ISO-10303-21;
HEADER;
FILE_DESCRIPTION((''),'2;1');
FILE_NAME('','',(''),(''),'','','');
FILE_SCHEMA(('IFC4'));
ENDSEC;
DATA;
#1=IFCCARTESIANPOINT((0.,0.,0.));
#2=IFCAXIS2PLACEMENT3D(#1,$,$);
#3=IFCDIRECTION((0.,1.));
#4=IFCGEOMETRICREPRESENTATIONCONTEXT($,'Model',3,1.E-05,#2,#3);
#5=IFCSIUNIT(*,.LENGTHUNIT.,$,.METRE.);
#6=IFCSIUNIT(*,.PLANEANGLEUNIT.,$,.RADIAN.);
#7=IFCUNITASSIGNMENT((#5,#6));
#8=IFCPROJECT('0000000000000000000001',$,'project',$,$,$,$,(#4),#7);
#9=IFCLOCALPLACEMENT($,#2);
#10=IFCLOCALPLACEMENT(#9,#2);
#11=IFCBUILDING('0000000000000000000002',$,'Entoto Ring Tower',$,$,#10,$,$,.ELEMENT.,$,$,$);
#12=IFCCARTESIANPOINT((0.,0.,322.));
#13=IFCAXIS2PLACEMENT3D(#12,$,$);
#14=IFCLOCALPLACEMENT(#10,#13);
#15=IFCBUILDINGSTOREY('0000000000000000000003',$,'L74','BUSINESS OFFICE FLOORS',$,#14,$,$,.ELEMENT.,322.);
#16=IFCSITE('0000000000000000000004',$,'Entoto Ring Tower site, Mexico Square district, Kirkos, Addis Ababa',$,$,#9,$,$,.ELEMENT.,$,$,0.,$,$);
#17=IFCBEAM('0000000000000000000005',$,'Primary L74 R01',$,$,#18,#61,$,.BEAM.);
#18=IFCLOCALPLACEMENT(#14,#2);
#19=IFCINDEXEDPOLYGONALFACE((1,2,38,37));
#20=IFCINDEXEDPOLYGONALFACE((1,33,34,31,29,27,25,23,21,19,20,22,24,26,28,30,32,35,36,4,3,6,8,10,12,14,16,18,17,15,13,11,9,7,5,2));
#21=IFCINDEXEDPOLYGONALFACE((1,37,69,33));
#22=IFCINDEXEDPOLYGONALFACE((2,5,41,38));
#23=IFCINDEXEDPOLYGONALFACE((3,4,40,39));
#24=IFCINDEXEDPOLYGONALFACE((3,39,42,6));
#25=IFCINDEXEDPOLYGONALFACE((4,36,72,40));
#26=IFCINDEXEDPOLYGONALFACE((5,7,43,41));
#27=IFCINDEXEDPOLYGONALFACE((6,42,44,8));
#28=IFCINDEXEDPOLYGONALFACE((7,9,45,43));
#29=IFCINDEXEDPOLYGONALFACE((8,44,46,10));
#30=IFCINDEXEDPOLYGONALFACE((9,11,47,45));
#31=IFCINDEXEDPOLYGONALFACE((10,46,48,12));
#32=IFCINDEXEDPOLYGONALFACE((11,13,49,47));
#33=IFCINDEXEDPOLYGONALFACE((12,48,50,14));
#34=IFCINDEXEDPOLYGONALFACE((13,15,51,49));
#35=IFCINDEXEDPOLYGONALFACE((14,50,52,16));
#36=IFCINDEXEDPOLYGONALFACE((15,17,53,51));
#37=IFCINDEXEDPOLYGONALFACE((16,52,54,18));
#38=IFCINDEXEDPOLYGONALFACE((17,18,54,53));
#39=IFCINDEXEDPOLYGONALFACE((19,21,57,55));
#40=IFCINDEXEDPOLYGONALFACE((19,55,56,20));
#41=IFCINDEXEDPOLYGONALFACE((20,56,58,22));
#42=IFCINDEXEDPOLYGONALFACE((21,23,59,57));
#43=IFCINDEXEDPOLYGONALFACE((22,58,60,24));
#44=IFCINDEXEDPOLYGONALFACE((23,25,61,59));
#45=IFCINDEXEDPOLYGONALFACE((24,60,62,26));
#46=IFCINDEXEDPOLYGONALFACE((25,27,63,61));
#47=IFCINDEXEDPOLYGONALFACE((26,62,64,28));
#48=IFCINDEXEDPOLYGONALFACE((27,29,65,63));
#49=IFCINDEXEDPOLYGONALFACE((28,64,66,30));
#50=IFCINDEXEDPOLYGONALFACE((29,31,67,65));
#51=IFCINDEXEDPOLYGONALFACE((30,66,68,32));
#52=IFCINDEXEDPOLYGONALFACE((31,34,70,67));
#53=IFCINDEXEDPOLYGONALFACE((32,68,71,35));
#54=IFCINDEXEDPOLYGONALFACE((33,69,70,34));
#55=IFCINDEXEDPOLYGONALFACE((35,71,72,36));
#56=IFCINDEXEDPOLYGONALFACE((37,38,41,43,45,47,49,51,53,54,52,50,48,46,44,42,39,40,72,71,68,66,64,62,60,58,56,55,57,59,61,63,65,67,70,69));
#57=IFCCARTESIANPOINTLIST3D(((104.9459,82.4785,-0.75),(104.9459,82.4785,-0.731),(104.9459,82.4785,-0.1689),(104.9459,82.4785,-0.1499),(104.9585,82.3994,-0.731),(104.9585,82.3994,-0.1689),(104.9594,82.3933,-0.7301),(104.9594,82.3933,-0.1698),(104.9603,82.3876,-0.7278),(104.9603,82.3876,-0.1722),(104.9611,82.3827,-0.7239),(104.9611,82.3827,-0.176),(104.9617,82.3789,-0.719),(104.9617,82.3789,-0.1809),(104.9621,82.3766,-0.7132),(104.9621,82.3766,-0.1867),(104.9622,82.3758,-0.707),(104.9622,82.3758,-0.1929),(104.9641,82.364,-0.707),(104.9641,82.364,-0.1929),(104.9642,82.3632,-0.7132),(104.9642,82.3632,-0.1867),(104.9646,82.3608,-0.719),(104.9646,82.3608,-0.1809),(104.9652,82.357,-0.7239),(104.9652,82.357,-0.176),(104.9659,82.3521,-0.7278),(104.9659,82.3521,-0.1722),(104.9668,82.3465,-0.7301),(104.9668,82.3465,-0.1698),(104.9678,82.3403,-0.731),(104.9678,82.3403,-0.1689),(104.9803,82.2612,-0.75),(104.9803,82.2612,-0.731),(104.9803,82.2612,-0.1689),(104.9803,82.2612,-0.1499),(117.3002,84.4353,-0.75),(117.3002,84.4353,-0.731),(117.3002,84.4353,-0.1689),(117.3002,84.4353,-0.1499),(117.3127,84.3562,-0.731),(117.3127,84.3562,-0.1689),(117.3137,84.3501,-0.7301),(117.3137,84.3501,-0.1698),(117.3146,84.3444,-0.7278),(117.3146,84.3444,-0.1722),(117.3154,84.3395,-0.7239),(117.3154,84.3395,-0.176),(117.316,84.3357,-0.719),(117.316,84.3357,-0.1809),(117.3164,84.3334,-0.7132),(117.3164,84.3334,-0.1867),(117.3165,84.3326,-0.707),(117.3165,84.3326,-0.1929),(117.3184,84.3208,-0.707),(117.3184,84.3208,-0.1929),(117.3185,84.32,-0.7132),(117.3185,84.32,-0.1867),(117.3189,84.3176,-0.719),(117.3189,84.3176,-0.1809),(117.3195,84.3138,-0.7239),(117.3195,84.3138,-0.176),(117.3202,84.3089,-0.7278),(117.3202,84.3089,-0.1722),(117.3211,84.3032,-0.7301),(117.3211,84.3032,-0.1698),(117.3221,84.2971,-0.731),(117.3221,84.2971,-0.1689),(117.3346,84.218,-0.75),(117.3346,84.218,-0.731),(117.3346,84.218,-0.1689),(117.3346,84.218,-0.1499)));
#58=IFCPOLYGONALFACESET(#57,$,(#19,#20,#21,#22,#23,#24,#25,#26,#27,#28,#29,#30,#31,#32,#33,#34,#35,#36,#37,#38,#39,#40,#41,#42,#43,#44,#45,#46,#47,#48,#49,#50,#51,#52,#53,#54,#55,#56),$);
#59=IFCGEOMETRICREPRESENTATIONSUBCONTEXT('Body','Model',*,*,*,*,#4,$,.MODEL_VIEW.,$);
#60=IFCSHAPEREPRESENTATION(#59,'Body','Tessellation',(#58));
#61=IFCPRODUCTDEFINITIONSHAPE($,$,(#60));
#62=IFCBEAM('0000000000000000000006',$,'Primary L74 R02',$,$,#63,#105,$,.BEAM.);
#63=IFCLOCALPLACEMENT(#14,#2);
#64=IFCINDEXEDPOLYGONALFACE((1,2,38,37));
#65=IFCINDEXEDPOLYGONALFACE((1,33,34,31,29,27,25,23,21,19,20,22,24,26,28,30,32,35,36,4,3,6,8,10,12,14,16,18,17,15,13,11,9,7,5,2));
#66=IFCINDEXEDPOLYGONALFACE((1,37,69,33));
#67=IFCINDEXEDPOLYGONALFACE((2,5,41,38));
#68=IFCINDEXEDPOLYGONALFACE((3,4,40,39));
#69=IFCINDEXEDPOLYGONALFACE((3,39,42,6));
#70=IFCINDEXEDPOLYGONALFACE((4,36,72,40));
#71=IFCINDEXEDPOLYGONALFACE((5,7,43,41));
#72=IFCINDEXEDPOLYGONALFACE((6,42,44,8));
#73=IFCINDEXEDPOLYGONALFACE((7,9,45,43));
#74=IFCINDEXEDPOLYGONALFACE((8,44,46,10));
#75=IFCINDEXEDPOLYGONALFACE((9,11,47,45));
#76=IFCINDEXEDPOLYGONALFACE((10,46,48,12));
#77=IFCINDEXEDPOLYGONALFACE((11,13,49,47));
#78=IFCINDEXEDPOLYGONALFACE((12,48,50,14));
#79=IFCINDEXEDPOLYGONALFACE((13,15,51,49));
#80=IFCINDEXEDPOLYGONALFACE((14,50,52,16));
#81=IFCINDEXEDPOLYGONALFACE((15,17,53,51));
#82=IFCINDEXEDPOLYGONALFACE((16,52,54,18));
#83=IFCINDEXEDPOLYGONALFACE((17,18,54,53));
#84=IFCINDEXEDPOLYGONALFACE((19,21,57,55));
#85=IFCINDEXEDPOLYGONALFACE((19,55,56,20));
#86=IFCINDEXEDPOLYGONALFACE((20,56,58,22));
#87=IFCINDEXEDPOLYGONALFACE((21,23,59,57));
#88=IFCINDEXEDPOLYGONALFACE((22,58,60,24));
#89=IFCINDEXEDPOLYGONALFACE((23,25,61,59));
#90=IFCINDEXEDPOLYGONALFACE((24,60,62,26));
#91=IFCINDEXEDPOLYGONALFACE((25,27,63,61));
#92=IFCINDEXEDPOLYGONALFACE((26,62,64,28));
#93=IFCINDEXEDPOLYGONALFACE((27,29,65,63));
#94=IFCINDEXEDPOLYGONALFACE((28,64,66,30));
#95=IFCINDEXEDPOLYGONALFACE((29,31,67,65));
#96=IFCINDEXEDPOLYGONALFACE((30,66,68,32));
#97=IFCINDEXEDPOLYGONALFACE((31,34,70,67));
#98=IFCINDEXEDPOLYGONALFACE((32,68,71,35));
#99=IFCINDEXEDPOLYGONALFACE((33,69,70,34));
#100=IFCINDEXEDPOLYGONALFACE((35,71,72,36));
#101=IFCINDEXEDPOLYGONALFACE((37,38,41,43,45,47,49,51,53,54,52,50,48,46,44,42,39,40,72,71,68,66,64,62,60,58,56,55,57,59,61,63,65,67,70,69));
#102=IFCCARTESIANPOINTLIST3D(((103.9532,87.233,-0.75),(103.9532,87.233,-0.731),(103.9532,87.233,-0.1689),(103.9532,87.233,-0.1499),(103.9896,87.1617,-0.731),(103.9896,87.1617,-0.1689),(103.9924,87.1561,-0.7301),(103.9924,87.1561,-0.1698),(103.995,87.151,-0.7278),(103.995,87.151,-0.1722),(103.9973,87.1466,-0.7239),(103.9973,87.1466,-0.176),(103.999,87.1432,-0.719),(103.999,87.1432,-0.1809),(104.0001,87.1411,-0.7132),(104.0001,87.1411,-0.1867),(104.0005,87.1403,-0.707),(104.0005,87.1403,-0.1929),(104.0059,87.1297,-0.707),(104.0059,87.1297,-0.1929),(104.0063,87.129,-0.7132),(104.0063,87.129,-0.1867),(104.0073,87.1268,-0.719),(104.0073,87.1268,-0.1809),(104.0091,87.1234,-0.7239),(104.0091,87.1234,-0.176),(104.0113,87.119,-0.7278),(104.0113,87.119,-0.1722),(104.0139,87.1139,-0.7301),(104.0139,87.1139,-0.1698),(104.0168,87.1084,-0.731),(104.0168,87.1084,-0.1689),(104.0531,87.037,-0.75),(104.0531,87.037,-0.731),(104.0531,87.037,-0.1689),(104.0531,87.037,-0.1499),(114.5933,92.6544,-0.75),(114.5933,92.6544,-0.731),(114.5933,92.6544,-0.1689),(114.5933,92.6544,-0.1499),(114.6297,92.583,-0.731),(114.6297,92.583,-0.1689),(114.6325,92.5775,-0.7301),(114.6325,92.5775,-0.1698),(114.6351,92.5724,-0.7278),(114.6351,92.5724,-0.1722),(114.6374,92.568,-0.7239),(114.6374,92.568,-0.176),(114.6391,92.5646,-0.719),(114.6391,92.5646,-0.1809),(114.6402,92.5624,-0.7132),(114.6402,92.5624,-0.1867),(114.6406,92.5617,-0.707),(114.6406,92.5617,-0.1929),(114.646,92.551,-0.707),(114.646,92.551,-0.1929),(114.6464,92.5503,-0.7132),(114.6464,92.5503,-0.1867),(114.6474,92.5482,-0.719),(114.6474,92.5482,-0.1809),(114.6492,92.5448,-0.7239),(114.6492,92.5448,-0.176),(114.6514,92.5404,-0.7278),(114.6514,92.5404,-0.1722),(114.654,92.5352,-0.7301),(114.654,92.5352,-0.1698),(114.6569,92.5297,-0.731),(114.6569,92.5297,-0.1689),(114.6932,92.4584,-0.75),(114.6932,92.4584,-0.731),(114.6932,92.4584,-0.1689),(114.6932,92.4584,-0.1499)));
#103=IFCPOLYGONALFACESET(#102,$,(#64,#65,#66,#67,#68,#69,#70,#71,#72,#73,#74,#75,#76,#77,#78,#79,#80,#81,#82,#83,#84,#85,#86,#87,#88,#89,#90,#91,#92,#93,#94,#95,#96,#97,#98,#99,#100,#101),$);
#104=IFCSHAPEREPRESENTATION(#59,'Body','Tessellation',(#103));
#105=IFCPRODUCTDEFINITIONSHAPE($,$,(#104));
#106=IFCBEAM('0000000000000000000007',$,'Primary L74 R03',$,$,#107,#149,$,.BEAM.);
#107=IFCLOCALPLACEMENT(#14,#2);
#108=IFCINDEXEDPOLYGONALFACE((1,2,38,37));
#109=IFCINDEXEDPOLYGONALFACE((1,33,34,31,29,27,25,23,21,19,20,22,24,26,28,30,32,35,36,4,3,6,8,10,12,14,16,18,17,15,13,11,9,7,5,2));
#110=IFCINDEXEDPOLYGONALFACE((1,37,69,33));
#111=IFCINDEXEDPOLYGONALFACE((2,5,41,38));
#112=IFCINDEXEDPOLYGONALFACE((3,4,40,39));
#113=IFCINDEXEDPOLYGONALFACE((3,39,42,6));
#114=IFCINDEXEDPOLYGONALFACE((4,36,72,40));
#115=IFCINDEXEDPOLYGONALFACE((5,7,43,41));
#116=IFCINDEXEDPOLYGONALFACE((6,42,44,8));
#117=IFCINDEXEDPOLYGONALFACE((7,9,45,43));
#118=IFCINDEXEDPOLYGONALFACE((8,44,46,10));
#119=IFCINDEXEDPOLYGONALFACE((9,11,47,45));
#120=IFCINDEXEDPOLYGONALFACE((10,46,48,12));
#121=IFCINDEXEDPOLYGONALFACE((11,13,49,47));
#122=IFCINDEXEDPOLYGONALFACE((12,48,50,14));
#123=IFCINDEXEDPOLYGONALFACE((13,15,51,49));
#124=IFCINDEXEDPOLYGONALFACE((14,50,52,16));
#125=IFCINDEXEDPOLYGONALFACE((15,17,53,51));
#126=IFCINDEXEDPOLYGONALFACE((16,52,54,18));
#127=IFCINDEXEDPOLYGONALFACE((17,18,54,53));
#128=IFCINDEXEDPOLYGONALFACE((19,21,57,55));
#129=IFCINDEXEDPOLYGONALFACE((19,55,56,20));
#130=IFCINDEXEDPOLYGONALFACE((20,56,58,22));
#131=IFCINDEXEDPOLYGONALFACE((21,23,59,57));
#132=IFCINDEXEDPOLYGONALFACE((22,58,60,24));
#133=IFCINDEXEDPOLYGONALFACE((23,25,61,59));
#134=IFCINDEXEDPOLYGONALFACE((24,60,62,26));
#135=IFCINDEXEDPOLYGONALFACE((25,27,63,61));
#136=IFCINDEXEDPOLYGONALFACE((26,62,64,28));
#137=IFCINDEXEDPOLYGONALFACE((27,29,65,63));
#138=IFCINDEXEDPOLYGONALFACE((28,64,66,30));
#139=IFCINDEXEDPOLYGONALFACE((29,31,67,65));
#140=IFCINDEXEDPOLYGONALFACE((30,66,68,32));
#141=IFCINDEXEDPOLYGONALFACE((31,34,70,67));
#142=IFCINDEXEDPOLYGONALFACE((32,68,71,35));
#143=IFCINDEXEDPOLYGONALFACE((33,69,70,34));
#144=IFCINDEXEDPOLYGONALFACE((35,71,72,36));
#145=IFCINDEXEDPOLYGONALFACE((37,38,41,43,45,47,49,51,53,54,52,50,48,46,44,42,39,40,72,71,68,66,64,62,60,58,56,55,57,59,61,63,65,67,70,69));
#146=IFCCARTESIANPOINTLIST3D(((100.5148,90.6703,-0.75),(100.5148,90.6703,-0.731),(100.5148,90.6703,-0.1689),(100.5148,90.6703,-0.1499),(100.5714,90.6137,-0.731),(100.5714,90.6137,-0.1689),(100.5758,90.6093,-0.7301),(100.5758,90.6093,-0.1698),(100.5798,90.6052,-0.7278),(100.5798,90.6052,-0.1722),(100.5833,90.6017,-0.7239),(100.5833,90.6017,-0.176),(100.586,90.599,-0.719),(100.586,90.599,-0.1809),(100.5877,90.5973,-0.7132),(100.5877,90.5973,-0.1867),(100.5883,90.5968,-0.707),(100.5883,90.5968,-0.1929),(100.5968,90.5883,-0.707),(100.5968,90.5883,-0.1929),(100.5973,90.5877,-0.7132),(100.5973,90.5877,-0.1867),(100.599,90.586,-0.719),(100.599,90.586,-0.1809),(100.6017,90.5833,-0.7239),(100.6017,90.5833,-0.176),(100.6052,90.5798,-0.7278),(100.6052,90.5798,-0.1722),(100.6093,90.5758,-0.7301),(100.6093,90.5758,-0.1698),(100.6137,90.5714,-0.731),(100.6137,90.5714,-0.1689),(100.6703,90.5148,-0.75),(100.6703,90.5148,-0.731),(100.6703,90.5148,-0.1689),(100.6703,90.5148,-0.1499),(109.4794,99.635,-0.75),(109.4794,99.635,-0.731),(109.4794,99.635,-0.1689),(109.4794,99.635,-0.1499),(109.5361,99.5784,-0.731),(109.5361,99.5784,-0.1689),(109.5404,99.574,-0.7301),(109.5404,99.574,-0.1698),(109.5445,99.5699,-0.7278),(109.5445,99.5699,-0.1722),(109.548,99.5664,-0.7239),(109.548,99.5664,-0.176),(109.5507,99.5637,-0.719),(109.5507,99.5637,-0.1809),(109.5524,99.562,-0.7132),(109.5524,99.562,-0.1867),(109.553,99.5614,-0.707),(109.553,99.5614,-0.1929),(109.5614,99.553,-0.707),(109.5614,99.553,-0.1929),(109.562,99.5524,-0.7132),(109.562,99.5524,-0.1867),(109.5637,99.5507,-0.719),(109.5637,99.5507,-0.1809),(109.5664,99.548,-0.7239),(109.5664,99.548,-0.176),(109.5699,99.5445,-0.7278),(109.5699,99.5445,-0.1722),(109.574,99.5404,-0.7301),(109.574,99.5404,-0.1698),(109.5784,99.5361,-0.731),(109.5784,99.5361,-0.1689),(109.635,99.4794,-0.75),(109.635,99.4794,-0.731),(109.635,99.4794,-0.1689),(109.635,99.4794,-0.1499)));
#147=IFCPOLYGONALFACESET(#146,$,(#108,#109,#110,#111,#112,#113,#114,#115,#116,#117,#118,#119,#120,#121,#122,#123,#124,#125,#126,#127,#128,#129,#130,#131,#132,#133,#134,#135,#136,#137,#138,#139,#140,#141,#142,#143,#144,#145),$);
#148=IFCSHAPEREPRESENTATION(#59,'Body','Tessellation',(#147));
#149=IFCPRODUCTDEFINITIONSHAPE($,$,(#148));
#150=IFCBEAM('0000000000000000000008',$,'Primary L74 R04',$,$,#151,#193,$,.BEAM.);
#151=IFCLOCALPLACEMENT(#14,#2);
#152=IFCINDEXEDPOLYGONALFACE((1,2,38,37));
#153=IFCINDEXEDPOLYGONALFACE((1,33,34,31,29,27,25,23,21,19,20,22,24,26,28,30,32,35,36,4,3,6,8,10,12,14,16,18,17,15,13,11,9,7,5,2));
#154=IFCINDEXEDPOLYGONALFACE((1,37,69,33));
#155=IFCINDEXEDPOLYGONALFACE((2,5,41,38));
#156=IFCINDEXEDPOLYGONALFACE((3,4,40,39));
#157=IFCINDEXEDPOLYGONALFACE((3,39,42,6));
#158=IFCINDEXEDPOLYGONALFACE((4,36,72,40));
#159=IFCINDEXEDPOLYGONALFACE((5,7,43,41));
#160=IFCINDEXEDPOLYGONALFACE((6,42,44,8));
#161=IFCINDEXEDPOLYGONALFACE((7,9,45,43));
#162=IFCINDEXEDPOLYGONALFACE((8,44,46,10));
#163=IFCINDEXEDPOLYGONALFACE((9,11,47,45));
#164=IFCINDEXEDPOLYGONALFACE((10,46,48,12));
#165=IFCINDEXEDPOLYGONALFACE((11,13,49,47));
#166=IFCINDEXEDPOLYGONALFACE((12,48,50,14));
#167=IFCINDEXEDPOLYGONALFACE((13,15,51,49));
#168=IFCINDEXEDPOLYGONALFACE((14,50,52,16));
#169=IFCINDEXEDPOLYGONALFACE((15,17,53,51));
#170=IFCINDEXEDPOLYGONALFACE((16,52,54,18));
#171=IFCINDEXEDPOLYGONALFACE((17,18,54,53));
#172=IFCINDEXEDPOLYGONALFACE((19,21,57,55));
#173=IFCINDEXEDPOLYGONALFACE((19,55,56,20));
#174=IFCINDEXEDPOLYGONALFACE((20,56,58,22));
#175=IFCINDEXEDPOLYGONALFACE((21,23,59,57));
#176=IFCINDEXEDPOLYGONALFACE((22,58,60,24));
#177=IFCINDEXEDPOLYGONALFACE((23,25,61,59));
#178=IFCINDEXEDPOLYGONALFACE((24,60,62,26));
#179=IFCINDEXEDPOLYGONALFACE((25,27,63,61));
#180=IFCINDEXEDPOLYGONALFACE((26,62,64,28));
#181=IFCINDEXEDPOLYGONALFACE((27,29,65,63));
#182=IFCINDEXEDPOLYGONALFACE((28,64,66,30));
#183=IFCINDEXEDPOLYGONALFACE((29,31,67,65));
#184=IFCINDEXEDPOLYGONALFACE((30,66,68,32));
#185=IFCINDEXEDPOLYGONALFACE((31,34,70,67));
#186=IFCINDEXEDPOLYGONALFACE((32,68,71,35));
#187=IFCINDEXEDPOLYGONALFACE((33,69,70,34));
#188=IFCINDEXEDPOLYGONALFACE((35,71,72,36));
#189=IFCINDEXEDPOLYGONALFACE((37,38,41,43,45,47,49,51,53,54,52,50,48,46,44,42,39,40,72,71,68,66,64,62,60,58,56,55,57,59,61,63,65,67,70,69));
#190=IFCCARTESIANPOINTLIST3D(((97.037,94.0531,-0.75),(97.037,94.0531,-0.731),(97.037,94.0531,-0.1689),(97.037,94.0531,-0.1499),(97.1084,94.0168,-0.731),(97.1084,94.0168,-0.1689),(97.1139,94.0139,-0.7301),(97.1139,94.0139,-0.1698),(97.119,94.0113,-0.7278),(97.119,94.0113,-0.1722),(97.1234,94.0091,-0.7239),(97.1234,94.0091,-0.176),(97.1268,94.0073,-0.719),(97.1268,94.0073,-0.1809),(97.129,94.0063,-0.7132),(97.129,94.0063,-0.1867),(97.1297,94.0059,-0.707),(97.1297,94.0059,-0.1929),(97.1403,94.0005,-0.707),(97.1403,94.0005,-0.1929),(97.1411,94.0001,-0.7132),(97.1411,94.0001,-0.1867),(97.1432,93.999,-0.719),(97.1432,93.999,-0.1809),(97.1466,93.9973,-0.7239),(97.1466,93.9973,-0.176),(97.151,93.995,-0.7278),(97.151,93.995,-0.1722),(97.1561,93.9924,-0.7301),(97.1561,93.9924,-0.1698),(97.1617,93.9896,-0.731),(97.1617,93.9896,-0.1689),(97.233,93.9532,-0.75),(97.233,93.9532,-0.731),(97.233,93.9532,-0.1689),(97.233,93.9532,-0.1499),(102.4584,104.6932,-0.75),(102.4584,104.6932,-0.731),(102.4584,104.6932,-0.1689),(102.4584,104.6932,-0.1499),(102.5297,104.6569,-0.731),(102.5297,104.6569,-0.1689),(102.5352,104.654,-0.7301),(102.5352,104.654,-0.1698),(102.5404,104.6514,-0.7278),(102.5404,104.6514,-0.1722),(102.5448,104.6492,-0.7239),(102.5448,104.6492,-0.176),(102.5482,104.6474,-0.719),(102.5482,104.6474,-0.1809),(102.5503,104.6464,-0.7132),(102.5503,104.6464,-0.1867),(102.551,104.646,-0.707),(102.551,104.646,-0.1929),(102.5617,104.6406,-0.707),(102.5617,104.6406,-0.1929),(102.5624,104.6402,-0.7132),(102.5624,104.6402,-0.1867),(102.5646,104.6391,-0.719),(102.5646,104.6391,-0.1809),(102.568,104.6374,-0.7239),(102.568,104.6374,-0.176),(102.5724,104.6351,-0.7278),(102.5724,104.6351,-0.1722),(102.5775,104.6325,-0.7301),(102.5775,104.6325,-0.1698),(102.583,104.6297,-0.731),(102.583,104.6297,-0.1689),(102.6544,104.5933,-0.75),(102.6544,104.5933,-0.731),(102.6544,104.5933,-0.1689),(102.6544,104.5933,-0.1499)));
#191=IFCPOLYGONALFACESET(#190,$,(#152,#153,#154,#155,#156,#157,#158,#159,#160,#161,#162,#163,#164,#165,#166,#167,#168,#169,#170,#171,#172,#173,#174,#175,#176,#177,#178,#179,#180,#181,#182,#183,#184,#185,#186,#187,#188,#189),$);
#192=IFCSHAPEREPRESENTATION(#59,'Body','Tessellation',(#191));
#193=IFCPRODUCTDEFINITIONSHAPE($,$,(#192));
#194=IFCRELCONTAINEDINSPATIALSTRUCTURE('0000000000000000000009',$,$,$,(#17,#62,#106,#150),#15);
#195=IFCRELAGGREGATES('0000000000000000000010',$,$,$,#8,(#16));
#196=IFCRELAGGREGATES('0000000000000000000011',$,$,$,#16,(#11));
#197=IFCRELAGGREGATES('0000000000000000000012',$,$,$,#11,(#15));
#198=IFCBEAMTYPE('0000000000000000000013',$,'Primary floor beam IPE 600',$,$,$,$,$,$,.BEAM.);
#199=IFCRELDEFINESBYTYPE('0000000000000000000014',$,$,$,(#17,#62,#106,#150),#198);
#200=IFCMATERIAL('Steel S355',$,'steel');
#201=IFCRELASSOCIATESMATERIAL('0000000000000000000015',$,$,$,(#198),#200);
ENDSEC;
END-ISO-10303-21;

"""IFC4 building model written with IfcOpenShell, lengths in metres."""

from ifc_helpers import new_model, si_unit, direction, frame, origin, origin_2d, place, context, subcontext, project, spatial, i_section, extrude, material, material_profile, profile_set, type_object, element, save


model = new_model("IFC4")

# Units and contexts
model_context = context("Model", 3, precision=1e-05, world=origin(), true_north=direction((0.0, 1.0)))
body_context = subcontext(model_context, "Body", "Model", "MODEL_VIEW")
ifc_project = project(units=[si_unit("LENGTHUNIT", "METRE"), si_unit("PLANEANGLEUNIT", "RADIAN")], contexts=[model_context])

# Site, building, storey
site_placement = place(None, origin())
site = spatial("IfcSite", under=ifc_project, at=site_placement, Name="Entoto Ring Tower site, Mexico Square district, Kirkos, Addis Ababa", CompositionType="ELEMENT", RefElevation=0.0)
building_placement = place(site_placement, origin())
building = spatial("IfcBuilding", under=site, at=building_placement, Name="Entoto Ring Tower", CompositionType="ELEMENT")
storey_placement = place(building_placement, frame((0.0, 0.0, 322.0)))
storey = spatial("IfcBuildingStorey", under=building, at=storey_placement, Name="L74", Description="BUSINESS OFFICE FLOORS", CompositionType="ELEMENT", Elevation=322.0)

# Beams
ifc_material_1 = material(Name="Steel S355", Category="steel")
ifc_material_profile_1 = material_profile(ifc_material_1, i_section(OverallWidth=0.22, OverallDepth=0.6001, WebThickness=0.012, FlangeThickness=0.019, FilletRadius=0.0239, at=origin_2d()), Name="IPE 600")
ifc_profile_set_1 = profile_set([ifc_material_profile_1], Name="Steel S355")
beam_type_1 = type_object("IfcBeamType", Name="Primary floor beam IPE 600", PredefinedType="BEAM", material=ifc_profile_set_1)
beam_1_placement = place(storey_placement, frame((104.9631, 82.3699, -0.45), z_axis=(0.987688, 0.15644, 0.0), x_axis=(-0.15644, 0.987688, 0.0)))
element("IfcBeam", 1, at=beam_1_placement, inside=storey, type_object=beam_type_1, Name="Primary L74 R01", PredefinedType="BEAM", context=body_context, shape_type="SweptSolid", body=[
    extrude(i_section(OverallWidth=0.22, OverallDepth=0.6001, WebThickness=0.012, FlangeThickness=0.019, FilletRadius=0.0239, at=origin_2d()), origin(), (0.0, 0.0, 1.0), 12.5083),
])
beam_2_placement = place(storey_placement, frame((104.0032, 87.135, -0.45), z_axis=(0.891008, 0.453988, 0.0), x_axis=(-0.453988, 0.891008, 0.0)))
element("IfcBeam", 2, at=beam_2_placement, inside=storey, type_object=beam_type_1, Name="Primary L74 R02", PredefinedType="BEAM", context=body_context, shape_type="SweptSolid", body=[
    extrude(i_section(OverallWidth=0.22, OverallDepth=0.6001, WebThickness=0.012, FlangeThickness=0.019, FilletRadius=0.0239, at=origin_2d()), origin(), (0.0, 0.0, 1.0), 11.9417),
])
beam_3_placement = place(storey_placement, frame((100.5925, 90.5925, -0.45), z_axis=(0.707107, 0.707107, 0.0), x_axis=(-0.707107, 0.707107, 0.0)))
element("IfcBeam", 3, at=beam_3_placement, inside=storey, type_object=beam_type_1, Name="Primary L74 R03", PredefinedType="BEAM", context=body_context, shape_type="SweptSolid", body=[
    extrude(i_section(OverallWidth=0.22, OverallDepth=0.6001, WebThickness=0.012, FlangeThickness=0.019, FilletRadius=0.0239, at=origin_2d()), origin(), (0.0, 0.0, 1.0), 12.678),
])
beam_4_placement = place(storey_placement, frame((97.135, 94.0032, -0.45), z_axis=(0.453988, 0.891008, 0.0), x_axis=(-0.891008, 0.453988, 0.0)))
element("IfcBeam", 4, at=beam_4_placement, inside=storey, type_object=beam_type_1, Name="Primary L74 R04", PredefinedType="BEAM", context=body_context, shape_type="SweptSolid", body=[
    extrude(i_section(OverallWidth=0.22, OverallDepth=0.6001, WebThickness=0.012, FlangeThickness=0.019, FilletRadius=0.0239, at=origin_2d()), origin(), (0.0, 0.0, 1.0), 11.9417),
])

save(model, "model.ifc")
